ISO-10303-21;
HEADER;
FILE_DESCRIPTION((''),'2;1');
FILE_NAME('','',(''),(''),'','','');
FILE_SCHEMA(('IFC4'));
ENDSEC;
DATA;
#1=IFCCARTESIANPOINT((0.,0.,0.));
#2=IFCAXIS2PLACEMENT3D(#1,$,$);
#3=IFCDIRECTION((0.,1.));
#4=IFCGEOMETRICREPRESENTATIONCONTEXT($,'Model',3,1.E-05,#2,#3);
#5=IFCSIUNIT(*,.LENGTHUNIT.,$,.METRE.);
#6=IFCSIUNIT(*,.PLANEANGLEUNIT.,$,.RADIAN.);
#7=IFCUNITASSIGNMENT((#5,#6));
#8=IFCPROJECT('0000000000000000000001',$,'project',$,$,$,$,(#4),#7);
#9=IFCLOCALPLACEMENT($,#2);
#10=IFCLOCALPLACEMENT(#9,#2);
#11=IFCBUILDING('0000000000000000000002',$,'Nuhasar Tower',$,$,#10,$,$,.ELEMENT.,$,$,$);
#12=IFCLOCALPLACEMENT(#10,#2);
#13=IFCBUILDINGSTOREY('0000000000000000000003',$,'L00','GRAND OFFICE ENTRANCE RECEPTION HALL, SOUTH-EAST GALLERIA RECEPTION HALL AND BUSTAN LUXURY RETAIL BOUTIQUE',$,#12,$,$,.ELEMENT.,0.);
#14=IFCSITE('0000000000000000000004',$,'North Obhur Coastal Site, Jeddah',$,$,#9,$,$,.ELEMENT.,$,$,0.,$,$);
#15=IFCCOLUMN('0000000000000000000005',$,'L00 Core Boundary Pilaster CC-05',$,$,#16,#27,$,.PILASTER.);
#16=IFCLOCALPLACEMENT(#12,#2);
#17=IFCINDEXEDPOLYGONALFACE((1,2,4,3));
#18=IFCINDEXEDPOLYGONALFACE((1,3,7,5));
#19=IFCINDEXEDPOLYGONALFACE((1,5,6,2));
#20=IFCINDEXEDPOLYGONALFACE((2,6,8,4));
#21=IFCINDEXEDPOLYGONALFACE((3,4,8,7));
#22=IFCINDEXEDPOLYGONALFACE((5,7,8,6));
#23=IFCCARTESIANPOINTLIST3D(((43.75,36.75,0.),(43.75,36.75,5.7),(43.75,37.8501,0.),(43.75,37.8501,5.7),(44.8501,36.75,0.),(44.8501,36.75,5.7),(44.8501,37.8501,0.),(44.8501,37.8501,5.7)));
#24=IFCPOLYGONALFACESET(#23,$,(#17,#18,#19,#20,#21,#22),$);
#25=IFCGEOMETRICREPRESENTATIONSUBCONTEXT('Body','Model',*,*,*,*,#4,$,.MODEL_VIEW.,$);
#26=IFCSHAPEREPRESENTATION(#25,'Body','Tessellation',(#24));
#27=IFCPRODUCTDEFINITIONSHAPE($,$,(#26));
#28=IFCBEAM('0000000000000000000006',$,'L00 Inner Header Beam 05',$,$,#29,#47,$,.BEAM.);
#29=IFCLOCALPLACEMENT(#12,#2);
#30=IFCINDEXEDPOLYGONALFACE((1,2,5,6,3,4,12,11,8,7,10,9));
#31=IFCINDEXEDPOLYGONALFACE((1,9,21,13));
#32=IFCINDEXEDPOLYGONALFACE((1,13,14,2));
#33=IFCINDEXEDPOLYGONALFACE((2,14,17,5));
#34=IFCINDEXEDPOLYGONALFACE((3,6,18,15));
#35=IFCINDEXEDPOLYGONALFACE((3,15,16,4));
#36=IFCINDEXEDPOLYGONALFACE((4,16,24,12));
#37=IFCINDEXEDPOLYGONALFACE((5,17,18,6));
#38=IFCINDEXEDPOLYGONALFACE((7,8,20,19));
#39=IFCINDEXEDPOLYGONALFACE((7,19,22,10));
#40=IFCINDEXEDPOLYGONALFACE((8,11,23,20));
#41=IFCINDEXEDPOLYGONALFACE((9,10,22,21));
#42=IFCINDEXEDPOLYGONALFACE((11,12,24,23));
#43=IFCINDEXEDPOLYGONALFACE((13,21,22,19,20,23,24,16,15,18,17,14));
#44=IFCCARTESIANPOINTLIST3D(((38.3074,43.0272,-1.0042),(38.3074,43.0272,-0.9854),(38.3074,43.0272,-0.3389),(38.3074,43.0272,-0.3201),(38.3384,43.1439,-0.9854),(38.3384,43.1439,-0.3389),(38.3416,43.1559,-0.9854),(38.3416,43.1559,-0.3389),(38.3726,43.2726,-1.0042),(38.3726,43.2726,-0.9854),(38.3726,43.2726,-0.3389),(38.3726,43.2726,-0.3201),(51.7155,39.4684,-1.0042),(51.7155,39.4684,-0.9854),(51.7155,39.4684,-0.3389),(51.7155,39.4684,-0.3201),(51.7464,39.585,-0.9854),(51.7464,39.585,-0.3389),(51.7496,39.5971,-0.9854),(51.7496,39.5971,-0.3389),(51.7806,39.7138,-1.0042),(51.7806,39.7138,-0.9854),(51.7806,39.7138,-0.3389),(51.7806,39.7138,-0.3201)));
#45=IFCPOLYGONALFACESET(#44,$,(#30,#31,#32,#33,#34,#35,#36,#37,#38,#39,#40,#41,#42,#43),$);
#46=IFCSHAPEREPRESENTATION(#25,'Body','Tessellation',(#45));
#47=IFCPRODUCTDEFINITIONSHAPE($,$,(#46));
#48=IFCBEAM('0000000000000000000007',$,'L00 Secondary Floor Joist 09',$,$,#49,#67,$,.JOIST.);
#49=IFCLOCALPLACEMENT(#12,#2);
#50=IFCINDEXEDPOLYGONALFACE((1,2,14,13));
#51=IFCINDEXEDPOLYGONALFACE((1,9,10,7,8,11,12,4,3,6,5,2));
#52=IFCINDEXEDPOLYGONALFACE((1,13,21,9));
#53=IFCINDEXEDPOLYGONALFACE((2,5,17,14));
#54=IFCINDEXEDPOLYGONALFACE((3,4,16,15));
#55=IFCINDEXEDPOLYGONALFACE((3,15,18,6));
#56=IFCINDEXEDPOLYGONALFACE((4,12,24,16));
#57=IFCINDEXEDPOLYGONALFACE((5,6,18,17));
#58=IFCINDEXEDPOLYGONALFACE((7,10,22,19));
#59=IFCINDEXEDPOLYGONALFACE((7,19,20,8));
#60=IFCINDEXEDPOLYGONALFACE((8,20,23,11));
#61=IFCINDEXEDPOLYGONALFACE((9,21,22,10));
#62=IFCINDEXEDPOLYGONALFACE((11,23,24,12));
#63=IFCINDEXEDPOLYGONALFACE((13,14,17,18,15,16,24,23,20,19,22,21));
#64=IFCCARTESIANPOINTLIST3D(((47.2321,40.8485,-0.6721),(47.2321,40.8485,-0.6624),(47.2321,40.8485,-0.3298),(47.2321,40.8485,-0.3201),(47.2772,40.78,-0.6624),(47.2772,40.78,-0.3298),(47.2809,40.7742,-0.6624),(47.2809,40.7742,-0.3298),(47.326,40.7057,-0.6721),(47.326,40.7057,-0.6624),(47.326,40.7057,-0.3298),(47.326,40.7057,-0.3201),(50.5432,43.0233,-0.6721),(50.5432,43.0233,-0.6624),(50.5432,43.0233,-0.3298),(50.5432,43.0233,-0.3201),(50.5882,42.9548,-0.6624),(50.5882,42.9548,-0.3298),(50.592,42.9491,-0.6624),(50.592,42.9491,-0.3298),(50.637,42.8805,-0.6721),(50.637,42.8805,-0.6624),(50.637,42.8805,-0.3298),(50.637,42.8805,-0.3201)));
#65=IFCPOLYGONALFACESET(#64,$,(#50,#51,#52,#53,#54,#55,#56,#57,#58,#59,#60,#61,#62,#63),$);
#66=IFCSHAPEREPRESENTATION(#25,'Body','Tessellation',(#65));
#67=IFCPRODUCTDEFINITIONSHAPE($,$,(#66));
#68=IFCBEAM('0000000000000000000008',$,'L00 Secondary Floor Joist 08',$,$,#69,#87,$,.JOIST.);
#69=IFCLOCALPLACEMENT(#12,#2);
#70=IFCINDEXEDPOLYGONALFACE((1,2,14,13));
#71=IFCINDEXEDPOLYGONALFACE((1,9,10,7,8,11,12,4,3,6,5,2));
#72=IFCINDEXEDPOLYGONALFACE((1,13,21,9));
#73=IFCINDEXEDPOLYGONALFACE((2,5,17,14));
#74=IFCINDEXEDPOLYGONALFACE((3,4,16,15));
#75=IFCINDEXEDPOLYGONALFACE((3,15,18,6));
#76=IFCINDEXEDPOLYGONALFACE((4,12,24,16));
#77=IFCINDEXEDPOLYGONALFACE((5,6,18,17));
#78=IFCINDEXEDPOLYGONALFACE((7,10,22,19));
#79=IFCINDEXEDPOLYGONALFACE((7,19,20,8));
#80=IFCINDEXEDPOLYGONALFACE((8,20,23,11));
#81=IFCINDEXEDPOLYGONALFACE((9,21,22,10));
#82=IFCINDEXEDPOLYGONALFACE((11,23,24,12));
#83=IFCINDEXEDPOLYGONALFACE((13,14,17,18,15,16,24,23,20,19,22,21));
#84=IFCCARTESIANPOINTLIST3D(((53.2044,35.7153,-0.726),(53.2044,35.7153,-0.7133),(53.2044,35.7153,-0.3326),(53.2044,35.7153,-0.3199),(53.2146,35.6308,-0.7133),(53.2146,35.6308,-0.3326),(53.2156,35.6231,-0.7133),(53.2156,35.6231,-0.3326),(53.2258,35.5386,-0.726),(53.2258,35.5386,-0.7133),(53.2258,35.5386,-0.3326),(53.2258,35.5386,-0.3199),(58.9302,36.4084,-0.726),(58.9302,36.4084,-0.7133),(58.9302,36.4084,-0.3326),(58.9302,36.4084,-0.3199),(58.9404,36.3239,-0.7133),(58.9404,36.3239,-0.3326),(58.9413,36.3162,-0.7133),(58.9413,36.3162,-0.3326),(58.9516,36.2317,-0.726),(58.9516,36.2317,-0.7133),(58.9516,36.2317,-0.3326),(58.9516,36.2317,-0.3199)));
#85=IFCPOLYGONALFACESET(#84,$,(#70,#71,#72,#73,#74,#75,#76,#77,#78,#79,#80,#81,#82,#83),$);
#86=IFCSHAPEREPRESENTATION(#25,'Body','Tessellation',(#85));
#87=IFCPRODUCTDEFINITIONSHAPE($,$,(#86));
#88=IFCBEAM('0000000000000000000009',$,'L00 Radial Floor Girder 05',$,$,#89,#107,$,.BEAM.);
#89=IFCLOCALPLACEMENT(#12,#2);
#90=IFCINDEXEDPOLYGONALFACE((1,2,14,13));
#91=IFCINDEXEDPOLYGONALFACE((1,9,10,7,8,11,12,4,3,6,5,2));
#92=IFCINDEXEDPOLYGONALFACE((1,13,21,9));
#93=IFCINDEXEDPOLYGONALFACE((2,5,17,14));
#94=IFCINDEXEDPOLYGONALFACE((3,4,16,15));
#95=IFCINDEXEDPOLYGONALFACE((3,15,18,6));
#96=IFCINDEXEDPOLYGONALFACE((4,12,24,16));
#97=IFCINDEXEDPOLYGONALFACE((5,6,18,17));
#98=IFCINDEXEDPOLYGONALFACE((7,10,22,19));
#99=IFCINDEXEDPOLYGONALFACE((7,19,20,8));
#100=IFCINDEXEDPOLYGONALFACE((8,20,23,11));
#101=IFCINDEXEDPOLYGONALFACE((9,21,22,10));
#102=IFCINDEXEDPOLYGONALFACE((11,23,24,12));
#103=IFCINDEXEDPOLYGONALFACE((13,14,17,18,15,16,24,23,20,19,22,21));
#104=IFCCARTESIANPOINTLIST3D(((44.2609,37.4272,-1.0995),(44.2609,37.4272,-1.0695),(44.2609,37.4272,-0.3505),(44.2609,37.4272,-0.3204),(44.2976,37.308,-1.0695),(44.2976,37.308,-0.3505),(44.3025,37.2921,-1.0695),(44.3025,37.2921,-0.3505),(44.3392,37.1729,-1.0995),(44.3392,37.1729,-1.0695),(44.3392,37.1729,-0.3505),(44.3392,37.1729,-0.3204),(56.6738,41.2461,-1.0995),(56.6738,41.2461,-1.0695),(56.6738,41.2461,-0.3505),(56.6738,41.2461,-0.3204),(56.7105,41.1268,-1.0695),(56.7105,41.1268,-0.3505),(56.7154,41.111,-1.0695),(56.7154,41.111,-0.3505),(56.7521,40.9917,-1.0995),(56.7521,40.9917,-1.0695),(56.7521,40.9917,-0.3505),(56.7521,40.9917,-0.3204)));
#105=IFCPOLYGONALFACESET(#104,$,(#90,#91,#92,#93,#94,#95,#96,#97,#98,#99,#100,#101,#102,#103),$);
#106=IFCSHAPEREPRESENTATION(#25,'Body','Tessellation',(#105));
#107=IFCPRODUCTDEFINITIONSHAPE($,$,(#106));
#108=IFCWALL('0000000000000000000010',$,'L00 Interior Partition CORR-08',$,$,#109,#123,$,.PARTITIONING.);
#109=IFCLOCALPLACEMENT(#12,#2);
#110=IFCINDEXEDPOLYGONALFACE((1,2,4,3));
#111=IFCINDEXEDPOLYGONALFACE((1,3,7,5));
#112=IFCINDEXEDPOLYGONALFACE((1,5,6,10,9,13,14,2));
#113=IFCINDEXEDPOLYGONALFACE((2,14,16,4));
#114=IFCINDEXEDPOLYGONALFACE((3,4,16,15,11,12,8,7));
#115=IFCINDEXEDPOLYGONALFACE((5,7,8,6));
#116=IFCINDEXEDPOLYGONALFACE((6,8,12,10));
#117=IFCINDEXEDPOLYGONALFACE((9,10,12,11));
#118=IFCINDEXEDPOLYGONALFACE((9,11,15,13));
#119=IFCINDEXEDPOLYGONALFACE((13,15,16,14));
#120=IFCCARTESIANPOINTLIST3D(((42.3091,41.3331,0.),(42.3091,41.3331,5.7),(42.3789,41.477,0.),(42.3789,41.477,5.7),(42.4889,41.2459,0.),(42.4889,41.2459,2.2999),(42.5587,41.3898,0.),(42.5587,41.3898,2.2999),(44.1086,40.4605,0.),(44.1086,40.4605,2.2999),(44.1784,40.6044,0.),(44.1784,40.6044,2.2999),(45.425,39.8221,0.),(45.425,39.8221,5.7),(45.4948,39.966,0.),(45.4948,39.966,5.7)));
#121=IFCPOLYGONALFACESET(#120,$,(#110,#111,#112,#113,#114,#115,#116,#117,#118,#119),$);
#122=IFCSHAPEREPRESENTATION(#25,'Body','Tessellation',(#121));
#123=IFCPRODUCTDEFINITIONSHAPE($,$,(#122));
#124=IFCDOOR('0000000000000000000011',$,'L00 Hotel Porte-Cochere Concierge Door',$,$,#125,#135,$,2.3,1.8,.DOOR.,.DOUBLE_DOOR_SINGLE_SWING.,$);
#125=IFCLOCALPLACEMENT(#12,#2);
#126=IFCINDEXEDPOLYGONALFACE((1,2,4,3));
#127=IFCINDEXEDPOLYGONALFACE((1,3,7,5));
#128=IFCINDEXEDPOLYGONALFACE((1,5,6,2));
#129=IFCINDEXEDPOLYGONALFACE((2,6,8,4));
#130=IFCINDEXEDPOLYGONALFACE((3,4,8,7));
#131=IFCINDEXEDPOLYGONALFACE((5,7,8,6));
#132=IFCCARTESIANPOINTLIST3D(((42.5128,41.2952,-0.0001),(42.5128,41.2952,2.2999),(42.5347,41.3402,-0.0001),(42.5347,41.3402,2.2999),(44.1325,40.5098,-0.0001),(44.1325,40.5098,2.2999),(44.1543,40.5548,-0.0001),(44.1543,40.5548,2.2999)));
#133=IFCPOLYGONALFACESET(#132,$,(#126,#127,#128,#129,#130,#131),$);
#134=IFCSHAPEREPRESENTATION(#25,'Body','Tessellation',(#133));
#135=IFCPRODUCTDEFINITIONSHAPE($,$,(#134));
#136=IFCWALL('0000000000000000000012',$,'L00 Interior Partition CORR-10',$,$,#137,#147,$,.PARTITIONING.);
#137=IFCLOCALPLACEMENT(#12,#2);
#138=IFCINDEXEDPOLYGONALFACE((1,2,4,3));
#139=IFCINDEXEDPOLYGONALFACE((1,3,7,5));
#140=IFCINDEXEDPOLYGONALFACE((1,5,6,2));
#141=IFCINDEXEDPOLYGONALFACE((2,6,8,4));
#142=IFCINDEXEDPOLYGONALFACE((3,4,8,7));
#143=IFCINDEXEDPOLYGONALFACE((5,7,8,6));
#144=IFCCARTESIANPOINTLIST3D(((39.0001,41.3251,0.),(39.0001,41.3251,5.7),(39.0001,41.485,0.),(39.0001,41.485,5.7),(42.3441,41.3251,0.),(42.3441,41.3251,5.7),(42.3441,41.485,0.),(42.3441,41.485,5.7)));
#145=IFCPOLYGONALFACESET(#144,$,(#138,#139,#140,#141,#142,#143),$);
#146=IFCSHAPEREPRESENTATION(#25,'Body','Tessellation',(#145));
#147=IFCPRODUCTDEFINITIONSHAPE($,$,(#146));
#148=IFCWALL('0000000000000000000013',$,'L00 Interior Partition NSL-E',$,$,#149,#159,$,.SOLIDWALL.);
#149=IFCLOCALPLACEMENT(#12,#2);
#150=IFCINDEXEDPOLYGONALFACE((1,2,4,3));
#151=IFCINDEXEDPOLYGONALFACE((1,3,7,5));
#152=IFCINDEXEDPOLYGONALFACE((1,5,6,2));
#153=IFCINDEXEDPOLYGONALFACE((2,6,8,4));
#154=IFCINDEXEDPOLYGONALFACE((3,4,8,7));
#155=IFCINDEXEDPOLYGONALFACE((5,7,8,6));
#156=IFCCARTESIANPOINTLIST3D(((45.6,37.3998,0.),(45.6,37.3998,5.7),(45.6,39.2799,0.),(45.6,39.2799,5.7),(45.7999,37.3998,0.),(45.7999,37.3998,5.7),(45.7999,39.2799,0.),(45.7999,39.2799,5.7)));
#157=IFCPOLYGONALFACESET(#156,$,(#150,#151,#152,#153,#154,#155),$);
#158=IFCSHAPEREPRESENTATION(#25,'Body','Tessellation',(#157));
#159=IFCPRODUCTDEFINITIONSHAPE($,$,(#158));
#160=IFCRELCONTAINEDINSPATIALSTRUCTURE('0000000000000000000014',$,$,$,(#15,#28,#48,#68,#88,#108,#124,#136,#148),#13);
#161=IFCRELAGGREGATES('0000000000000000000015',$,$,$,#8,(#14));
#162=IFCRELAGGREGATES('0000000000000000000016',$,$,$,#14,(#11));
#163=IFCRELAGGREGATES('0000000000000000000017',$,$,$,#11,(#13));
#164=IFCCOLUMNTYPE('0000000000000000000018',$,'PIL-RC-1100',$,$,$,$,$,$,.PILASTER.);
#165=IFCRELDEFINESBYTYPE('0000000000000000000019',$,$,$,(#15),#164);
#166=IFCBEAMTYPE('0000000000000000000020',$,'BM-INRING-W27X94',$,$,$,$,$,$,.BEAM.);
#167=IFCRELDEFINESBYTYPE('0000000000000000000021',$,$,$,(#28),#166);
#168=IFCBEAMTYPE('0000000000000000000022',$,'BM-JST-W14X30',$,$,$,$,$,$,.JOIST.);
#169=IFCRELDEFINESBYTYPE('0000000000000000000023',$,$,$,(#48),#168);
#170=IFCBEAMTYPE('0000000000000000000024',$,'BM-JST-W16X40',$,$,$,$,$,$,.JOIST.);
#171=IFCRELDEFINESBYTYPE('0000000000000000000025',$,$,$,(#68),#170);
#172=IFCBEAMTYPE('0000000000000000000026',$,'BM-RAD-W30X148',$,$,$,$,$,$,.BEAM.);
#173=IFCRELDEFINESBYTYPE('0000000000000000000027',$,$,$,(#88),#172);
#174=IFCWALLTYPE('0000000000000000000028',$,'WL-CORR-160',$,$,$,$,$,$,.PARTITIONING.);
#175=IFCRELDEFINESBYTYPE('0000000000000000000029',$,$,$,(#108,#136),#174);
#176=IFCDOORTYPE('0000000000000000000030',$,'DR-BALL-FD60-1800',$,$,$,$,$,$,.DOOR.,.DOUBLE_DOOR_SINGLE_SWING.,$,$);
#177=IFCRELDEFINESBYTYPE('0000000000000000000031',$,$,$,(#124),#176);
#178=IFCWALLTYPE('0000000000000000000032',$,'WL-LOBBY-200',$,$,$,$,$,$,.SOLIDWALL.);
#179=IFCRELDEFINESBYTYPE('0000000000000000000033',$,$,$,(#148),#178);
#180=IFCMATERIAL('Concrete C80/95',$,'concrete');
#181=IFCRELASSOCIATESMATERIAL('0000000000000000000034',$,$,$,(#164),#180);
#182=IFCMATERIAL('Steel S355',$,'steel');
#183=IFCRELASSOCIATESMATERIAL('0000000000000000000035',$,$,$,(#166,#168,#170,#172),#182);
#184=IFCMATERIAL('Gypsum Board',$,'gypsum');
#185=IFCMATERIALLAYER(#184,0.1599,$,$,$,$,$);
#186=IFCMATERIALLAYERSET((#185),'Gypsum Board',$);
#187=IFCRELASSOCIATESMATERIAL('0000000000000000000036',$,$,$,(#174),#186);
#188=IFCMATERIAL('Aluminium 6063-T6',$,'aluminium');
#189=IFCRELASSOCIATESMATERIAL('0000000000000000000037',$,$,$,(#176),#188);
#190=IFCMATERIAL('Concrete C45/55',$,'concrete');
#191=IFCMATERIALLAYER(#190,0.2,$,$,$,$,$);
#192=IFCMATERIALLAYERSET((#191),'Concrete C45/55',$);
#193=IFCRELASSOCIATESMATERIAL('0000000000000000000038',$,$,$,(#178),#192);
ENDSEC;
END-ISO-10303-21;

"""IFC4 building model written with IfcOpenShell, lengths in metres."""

from ifc_helpers import new_model, si_unit, direction, frame, frame_2d, origin, origin_2d, place, context, subcontext, project, spatial, rectangle, i_section, extrude, material, layer, layer_set, material_profile, profile_set, type_object, element, fill, save


model = new_model("IFC4")

# Units and contexts
model_context = context("Model", 3, precision=1e-05, world=origin(), true_north=direction((0.0, 1.0)))
body_context = subcontext(model_context, "Body", "Model", "MODEL_VIEW")
ifc_project = project(units=[si_unit("LENGTHUNIT", "METRE"), si_unit("PLANEANGLEUNIT", "RADIAN")], contexts=[model_context])

# Site, building, storey
site_placement = place(None, origin())
site = spatial("IfcSite", under=ifc_project, at=site_placement, Name="North Obhur Coastal Site, Jeddah", CompositionType="ELEMENT", RefElevation=0.0)
building_placement = place(site_placement, origin())
building = spatial("IfcBuilding", under=site, at=building_placement, Name="Nuhasar Tower", CompositionType="ELEMENT")
storey_placement = place(building_placement, origin())
storey = spatial("IfcBuildingStorey", under=building, at=storey_placement, Name="L00", Description="GRAND OFFICE ENTRANCE RECEPTION HALL, SOUTH-EAST GALLERIA RECEPTION HALL AND BUSTAN LUXURY RETAIL BOUTIQUE", CompositionType="ELEMENT", Elevation=0.0)

# Column
ifc_material_1 = material(Name="Concrete C80/95", Category="concrete")
ifc_material_profile_1 = material_profile(ifc_material_1, rectangle(XDim=1.1001, YDim=1.1001, at=origin_2d()), Name="RC1100X1100")
ifc_profile_set_1 = profile_set([ifc_material_profile_1], Name="Concrete C80/95")
column_type = type_object("IfcColumnType", Name="PIL-RC-1100", PredefinedType="PILASTER", material=ifc_profile_set_1)
column_placement = place(storey_placement, frame((44.3, 37.3, 0.0), z_axis=(0.0, 0.0, 1.0), x_axis=(1.0, 0.0, 0.0)))
element("IfcColumn", 1, at=column_placement, inside=storey, type_object=column_type, Name="L00 Core Boundary Pilaster CC-05", PredefinedType="PILASTER", context=body_context, shape_type="SweptSolid", body=[
    extrude(rectangle(XDim=1.1001, YDim=1.1001, at=origin_2d()), origin(), (0.0, 0.0, 1.0), 5.7),
])

# Beams
ifc_material_2 = material(Name="Steel S355", Category="steel")
ifc_material_profile_2 = material_profile(ifc_material_2, i_section(OverallWidth=0.2539, OverallDepth=0.6841, WebThickness=0.0125, FlangeThickness=0.0188, at=origin_2d()), Name="W27X94")
ifc_profile_set_2 = profile_set([ifc_material_profile_2], Name="Steel S355")
beam_type_1 = type_object("IfcBeamType", Name="BM-INRING-W27X94", PredefinedType="BEAM", material=ifc_profile_set_2)
beam_1_placement = place(storey_placement, frame((51.748, 39.5911, -0.6621), z_axis=(-0.966533, 0.256544, 0.0), x_axis=(-0.256544, -0.966533, 0.0)))
element("IfcBeam", 2, at=beam_1_placement, inside=storey, type_object=beam_type_1, Name="L00 Inner Header Beam 05", PredefinedType="BEAM", context=body_context, shape_type="SweptSolid", body=[
    extrude(i_section(OverallWidth=0.2539, OverallDepth=0.6841, WebThickness=0.0125, FlangeThickness=0.0188, at=origin_2d()), origin(), (0.0, 0.0, 1.0), 13.8723),
])
ifc_material_profile_3 = material_profile(ifc_material_2, i_section(OverallWidth=0.1709, OverallDepth=0.3521, WebThickness=0.0068, FlangeThickness=0.0098, at=origin_2d()), Name="W14X30")
ifc_profile_set_3 = profile_set([ifc_material_profile_3], Name="Steel S355")
beam_type_2 = type_object("IfcBeamType", Name="BM-JST-W14X30", PredefinedType="JOIST", material=ifc_profile_set_3)
beam_2_placement = place(storey_placement, frame((47.2791, 40.7771, -0.4961), z_axis=(0.835823, 0.548998, 0.0), x_axis=(-0.548998, 0.835823, 0.0)))
element("IfcBeam", 3, at=beam_2_placement, inside=storey, type_object=beam_type_2, Name="L00 Secondary Floor Joist 09", PredefinedType="JOIST", context=body_context, shape_type="SweptSolid", body=[
    extrude(i_section(OverallWidth=0.1709, OverallDepth=0.3521, WebThickness=0.0068, FlangeThickness=0.0098, at=origin_2d()), origin(), (0.0, 0.0, 1.0), 3.9614),
])
ifc_material_profile_4 = material_profile(ifc_material_2, i_section(OverallWidth=0.178, OverallDepth=0.406, WebThickness=0.0078, FlangeThickness=0.0127, at=origin_2d()), Name="W16X40")
ifc_profile_set_4 = profile_set([ifc_material_profile_4], Name="Steel S355")
beam_type_3 = type_object("IfcBeamType", Name="BM-JST-W16X40", PredefinedType="JOIST", material=ifc_profile_set_4)
beam_3_placement = place(storey_placement, frame((53.2151, 35.627, -0.5229), z_axis=(0.992753, 0.120173, 0.0), x_axis=(-0.120173, 0.992753, 0.0)))
element("IfcBeam", 4, at=beam_3_placement, inside=storey, type_object=beam_type_3, Name="L00 Secondary Floor Joist 08", PredefinedType="JOIST", context=body_context, shape_type="SweptSolid", body=[
    extrude(i_section(OverallWidth=0.178, OverallDepth=0.406, WebThickness=0.0078, FlangeThickness=0.0127, at=origin_2d()), origin(), (0.0, 0.0, 1.0), 5.7676),
])
ifc_material_profile_5 = material_profile(ifc_material_2, i_section(OverallWidth=0.2661, OverallDepth=0.7791, WebThickness=0.0166, FlangeThickness=0.03, at=origin_2d()), Name="W30X148")
ifc_profile_set_5 = profile_set([ifc_material_profile_5], Name="Steel S355")
beam_type_4 = type_object("IfcBeamType", Name="BM-RAD-W30X148", PredefinedType="BEAM", material=ifc_profile_set_5)
beam_4_placement = place(storey_placement, frame((44.3, 37.3, -0.71), z_axis=(0.95579, 0.294052, 0.0), x_axis=(-0.294052, 0.95579, 0.0)))
element("IfcBeam", 5, at=beam_4_placement, inside=storey, type_object=beam_type_4, Name="L00 Radial Floor Girder 05", PredefinedType="BEAM", context=body_context, shape_type="SweptSolid", body=[
    extrude(i_section(OverallWidth=0.2661, OverallDepth=0.7791, WebThickness=0.0166, FlangeThickness=0.03, at=origin_2d()), origin(), (0.0, 0.0, 1.0), 12.9871),
])

# Wall, opening, door
ifc_material_3 = material(Name="Gypsum Board", Category="gypsum")
ifc_layer_1 = layer(ifc_material_3, 0.1599)
ifc_layer_set_1 = layer_set([ifc_layer_1], Name="Gypsum Board")
wall_type_1 = type_object("IfcWallType", Name="WL-CORR-160", PredefinedType="PARTITIONING", material=ifc_layer_set_1)
wall_1_placement = place(storey_placement, frame((42.344, 41.405, 0.0), z_axis=(0.0, 0.0, 1.0), x_axis=(0.89979, -0.436324, 0.0)))
wall_1 = element("IfcWall", 6, at=wall_1_placement, inside=storey, type_object=wall_type_1, Name="L00 Interior Partition CORR-08", PredefinedType="PARTITIONING", context=body_context, shape_type="SweptSolid", body=[
    extrude(rectangle(XDim=3.4629, YDim=0.1599, at=frame_2d((1.7314, 0.0))), origin(), (0.0, 0.0, 1.0), 5.7),
])
opening_1_placement = place(wall_1_placement, frame((0.2, 0.0, 0.0)))
opening_1 = element("IfcOpeningElement", 7, at=opening_1_placement, cuts=wall_1, PredefinedType="OPENING", context=body_context, shape_type="SweptSolid", body=[
    extrude(rectangle(XDim=1.8, YDim=2.3, at=frame_2d((0.8999, 1.1499))), frame((0.0, 0.0898, 0.0), z_axis=(0.0, -1.0, 0.0), x_axis=(1.0, 0.0, 0.0)), (0.0, 0.0, 1.0), 0.1799),
])
ifc_material_4 = material(Name="Aluminium 6063-T6", Category="aluminium")
door_type_1 = type_object("IfcDoorType", Name="DR-BALL-FD60-1800", OperationType="DOUBLE_DOOR_SINGLE_SWING", PredefinedType="DOOR", material=ifc_material_4)
door_1_placement = place(opening_1_placement, origin())
door_1 = element("IfcDoor", 8, at=door_1_placement, inside=storey, type_object=door_type_1, Name="L00 Hotel Porte-Cochere Concierge Door", OperationType="DOUBLE_DOOR_SINGLE_SWING", OverallHeight=2.3, OverallWidth=1.8, PredefinedType="DOOR", context=body_context, shape_type="SweptSolid", body=[
    extrude(rectangle(XDim=1.8, YDim=2.3, at=frame_2d((0.8999, 1.1499))), frame((0.0, 0.0249, 0.0), z_axis=(0.0, -1.0, 0.0), x_axis=(1.0, 0.0, 0.0)), (0.0, 0.0, 1.0), 0.05),
])
fill(opening_1, door_1)

# Walls
wall_2_placement = place(storey_placement, frame((42.344, 41.405, 0.0), z_axis=(0.0, 0.0, 1.0), x_axis=(-1.0, 0.0, 0.0)))
element("IfcWall", 9, at=wall_2_placement, inside=storey, type_object=wall_type_1, Name="L00 Interior Partition CORR-10", PredefinedType="PARTITIONING", context=body_context, shape_type="SweptSolid", body=[
    extrude(rectangle(XDim=3.344, YDim=0.1599, at=frame_2d((1.6719, 0.0))), origin(), (0.0, 0.0, 1.0), 5.7),
])
ifc_material_5 = material(Name="Concrete C45/55", Category="concrete")
ifc_layer_2 = layer(ifc_material_5, 0.2)
ifc_layer_set_2 = layer_set([ifc_layer_2], Name="Concrete C45/55")
wall_type_2 = type_object("IfcWallType", Name="WL-LOBBY-200", PredefinedType="SOLIDWALL", material=ifc_layer_set_2)
wall_3_placement = place(storey_placement, frame((45.7, 37.3999, 0.0), z_axis=(0.0, 0.0, 1.0), x_axis=(0.0, 1.0, 0.0)))
element("IfcWall", 10, at=wall_3_placement, inside=storey, type_object=wall_type_2, Name="L00 Interior Partition NSL-E", PredefinedType="SOLIDWALL", context=body_context, shape_type="SweptSolid", body=[
    extrude(rectangle(XDim=1.8801, YDim=0.2, at=frame_2d((0.9399, 0.0))), origin(), (0.0, 0.0, 1.0), 5.7),
])

save(model, "model.ifc")
